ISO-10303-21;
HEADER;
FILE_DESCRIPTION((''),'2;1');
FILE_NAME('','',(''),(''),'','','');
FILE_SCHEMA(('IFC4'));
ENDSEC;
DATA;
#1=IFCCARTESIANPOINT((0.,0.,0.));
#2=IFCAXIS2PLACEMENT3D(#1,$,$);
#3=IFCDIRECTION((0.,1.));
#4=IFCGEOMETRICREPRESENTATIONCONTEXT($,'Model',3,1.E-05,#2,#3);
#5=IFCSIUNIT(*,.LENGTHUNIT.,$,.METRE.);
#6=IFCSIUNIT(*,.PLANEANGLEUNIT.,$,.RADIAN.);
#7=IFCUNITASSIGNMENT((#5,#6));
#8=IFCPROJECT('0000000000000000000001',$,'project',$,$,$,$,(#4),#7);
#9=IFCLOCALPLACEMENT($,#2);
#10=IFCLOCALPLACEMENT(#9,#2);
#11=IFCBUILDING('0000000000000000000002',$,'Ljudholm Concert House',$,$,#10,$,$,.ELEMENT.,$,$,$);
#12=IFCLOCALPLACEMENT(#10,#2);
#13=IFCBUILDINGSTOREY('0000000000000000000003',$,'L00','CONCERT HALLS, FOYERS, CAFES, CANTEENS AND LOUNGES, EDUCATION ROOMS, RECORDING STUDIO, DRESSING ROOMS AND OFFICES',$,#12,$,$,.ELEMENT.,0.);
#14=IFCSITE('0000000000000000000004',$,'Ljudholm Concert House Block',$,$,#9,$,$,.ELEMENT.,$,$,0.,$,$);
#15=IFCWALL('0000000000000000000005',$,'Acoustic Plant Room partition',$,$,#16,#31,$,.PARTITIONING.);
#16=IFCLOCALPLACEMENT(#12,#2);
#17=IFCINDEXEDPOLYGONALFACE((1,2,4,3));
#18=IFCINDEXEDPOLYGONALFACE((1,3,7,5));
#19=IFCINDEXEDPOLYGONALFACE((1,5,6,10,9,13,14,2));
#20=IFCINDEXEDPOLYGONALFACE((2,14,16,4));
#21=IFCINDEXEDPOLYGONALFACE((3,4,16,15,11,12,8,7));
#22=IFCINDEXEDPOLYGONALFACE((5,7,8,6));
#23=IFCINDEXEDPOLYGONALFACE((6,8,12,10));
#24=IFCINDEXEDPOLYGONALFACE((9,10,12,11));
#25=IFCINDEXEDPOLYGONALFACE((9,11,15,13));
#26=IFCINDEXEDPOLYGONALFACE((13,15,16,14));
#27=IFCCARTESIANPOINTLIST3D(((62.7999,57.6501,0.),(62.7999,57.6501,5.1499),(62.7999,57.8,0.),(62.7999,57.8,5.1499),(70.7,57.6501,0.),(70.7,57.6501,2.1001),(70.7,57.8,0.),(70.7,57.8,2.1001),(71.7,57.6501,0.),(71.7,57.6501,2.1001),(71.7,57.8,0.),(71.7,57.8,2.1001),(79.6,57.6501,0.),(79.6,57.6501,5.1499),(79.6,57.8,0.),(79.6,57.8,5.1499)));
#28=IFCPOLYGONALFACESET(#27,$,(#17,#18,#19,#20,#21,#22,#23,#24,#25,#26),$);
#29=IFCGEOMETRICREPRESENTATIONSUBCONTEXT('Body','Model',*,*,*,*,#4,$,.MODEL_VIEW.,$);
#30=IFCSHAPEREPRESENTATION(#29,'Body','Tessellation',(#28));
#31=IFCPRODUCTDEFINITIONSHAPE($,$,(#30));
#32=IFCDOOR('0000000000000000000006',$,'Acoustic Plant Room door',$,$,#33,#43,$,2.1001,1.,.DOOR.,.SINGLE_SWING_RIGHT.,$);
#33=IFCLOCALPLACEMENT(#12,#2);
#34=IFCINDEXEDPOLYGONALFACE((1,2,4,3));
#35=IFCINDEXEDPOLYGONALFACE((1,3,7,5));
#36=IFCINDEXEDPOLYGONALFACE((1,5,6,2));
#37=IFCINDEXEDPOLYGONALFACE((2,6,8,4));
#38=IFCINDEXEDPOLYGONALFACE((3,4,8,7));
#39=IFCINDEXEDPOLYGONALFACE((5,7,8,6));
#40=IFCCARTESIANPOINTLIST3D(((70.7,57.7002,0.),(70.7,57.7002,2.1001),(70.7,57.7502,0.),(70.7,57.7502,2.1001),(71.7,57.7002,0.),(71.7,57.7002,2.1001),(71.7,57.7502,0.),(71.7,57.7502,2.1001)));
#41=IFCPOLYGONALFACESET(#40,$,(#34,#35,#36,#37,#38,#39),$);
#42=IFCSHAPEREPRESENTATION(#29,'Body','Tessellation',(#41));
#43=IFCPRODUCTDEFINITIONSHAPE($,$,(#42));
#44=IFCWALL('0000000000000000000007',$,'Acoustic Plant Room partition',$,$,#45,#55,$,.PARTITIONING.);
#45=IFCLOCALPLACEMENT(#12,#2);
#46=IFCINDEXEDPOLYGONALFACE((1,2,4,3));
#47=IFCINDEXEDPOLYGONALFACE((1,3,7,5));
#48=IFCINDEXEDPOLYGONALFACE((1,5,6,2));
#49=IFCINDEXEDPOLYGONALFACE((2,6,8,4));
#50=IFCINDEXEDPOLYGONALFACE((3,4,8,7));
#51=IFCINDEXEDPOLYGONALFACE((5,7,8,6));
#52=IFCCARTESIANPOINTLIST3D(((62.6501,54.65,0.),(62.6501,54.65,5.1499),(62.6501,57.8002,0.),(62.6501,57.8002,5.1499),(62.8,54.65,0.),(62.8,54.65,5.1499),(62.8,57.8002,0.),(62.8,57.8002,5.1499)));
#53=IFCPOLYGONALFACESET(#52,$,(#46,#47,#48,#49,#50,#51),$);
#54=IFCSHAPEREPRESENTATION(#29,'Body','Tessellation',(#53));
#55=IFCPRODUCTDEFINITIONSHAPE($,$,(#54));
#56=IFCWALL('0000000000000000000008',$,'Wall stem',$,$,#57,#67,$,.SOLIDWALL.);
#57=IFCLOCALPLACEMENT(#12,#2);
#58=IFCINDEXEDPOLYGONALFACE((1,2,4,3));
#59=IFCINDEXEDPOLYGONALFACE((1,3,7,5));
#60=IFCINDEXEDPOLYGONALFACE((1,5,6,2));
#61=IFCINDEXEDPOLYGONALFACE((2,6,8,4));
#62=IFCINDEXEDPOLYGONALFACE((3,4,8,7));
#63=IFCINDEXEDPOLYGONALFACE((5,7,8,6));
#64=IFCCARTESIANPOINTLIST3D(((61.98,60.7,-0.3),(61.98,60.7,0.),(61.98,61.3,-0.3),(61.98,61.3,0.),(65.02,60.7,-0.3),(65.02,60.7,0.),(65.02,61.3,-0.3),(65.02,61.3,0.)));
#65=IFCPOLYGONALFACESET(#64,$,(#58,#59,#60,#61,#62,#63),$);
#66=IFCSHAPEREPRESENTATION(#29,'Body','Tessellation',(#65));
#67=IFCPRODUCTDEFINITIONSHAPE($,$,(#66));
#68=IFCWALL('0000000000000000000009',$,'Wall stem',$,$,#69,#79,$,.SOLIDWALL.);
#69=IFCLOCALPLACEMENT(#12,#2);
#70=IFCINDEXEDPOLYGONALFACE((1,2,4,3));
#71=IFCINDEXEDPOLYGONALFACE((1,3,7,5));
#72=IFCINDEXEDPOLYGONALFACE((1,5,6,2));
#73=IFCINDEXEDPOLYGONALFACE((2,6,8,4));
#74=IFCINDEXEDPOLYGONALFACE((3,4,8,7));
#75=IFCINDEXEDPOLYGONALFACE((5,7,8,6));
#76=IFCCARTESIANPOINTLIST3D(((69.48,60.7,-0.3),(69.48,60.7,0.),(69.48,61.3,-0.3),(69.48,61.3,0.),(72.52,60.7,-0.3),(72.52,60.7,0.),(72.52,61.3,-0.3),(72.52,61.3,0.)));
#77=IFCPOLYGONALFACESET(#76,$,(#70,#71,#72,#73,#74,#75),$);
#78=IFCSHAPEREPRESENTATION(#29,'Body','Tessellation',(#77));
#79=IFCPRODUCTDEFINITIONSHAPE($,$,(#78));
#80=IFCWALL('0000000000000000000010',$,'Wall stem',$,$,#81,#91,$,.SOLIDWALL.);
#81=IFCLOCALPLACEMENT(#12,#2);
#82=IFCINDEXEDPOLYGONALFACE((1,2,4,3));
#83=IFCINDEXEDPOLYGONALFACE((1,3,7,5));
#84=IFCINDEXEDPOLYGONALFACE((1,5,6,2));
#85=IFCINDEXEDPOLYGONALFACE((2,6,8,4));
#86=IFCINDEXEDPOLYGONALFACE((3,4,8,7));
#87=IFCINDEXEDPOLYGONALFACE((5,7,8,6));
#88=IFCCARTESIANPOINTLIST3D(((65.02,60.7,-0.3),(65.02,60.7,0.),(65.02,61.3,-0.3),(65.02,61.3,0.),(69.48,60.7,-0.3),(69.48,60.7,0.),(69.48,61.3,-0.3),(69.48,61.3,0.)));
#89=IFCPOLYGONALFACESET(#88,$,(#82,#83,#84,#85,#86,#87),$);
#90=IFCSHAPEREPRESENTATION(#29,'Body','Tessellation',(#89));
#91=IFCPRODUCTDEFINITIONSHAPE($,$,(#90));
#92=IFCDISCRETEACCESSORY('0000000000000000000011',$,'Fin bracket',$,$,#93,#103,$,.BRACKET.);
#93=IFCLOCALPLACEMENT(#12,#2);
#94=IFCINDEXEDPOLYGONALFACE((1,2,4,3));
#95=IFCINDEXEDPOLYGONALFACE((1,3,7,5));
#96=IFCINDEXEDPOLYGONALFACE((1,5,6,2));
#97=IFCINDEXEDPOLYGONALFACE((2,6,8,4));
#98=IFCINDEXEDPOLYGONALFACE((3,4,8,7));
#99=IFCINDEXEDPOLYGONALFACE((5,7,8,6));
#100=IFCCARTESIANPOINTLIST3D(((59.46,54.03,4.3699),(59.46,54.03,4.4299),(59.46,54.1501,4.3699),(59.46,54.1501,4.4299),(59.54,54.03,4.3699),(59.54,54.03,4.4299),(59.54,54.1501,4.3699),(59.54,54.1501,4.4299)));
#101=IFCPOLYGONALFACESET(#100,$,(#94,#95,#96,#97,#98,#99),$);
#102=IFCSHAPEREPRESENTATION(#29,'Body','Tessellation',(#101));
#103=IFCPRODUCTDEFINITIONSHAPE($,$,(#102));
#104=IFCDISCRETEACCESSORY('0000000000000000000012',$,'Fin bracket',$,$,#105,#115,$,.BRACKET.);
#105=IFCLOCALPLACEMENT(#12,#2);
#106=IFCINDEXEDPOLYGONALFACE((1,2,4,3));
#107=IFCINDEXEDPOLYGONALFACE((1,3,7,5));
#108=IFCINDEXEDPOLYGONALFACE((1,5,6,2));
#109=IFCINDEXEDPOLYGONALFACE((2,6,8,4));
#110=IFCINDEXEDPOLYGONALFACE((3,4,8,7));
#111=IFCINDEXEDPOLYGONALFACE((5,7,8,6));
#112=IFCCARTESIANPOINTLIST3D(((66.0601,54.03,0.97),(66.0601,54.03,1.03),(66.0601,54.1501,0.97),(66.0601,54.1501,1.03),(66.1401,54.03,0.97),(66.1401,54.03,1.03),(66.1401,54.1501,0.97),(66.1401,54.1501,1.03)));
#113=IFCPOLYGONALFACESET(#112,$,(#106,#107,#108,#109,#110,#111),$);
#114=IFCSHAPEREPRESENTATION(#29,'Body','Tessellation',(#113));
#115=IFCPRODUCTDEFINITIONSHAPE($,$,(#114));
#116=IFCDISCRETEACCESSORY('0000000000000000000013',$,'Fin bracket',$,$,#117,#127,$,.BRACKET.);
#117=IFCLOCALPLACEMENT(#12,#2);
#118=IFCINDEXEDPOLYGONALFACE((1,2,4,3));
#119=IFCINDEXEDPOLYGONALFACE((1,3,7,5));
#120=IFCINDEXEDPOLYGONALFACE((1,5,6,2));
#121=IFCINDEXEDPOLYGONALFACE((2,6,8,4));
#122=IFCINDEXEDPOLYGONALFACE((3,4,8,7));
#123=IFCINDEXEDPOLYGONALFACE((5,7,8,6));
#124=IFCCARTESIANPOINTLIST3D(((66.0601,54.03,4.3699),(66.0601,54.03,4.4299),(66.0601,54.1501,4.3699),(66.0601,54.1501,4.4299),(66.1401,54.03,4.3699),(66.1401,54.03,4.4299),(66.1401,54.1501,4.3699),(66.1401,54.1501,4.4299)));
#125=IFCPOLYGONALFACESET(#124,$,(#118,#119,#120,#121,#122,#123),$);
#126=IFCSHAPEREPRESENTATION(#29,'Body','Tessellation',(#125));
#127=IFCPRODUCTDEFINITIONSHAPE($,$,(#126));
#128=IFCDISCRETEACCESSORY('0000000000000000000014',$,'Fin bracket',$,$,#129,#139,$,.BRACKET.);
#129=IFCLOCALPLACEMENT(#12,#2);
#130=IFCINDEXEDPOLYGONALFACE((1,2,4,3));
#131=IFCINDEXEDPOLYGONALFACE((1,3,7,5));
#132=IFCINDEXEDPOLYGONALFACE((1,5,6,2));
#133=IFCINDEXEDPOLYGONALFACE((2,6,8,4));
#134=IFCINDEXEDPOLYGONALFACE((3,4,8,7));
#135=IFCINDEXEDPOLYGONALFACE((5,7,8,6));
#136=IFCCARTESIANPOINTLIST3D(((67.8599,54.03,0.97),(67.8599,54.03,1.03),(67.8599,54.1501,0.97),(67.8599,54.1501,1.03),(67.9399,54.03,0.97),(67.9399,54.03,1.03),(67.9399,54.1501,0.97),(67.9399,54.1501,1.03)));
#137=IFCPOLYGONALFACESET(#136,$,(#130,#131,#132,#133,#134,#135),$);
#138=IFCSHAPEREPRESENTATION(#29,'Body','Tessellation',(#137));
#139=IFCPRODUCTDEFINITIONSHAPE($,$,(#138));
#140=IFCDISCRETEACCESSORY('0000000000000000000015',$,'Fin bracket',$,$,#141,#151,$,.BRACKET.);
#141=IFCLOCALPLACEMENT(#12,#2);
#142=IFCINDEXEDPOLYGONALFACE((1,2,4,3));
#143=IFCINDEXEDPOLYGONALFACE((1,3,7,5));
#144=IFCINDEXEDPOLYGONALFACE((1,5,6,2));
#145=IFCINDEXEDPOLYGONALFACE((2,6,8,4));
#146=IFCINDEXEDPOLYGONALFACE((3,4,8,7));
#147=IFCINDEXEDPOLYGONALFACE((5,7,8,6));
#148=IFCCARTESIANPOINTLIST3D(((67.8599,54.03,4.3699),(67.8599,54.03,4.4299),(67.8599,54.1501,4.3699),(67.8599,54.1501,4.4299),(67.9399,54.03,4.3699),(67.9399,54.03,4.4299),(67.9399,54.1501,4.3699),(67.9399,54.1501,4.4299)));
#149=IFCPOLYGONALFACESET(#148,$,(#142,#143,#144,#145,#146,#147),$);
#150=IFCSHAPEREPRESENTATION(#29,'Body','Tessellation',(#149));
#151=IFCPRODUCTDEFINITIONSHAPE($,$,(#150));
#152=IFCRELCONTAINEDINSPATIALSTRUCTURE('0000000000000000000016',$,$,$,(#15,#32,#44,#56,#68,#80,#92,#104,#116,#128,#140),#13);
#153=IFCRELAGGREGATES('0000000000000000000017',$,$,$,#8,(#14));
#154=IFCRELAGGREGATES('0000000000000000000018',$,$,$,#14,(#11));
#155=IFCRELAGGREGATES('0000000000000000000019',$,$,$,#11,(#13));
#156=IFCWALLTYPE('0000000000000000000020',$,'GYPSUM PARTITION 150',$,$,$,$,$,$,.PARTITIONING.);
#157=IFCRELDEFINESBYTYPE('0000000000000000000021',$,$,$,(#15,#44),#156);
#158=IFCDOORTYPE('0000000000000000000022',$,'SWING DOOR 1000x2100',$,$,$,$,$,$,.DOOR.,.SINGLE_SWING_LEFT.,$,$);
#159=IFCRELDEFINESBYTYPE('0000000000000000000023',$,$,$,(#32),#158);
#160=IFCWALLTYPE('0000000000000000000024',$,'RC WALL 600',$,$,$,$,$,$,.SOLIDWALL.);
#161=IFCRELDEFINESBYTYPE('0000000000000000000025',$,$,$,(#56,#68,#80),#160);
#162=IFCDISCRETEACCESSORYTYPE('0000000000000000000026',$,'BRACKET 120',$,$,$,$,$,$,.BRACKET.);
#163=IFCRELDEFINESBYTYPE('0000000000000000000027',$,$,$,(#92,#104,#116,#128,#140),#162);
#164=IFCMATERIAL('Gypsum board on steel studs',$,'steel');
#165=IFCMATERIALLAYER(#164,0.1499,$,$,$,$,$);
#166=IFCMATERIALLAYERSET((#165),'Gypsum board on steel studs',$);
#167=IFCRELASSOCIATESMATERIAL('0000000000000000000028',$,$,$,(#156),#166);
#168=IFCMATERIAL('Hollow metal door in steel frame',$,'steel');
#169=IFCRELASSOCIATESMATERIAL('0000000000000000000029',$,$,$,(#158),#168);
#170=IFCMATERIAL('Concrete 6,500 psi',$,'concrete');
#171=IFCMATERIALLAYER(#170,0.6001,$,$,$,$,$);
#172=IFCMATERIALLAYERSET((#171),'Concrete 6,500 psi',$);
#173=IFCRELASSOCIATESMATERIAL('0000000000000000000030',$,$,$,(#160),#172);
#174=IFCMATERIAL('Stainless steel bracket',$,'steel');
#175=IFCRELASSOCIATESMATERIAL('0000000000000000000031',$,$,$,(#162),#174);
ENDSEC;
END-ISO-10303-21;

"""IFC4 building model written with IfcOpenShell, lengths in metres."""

from ifc_helpers import new_model, si_unit, direction, frame, frame_2d, origin, origin_2d, place, context, subcontext, project, spatial, rectangle, extrude, material, layer, layer_set, type_object, element, fill, save


model = new_model("IFC4")

# Units and contexts
model_context = context("Model", 3, precision=1e-05, world=origin(), true_north=direction((0.0, 1.0)))
body_context = subcontext(model_context, "Body", "Model", "MODEL_VIEW")
ifc_project = project(units=[si_unit("LENGTHUNIT", "METRE"), si_unit("PLANEANGLEUNIT", "RADIAN")], contexts=[model_context])

# Site, building, storey
site_placement = place(None, origin())
site = spatial("IfcSite", under=ifc_project, at=site_placement, Name="Ljudholm Concert House Block", CompositionType="ELEMENT", RefElevation=0.0)
building_placement = place(site_placement, origin())
building = spatial("IfcBuilding", under=site, at=building_placement, Name="Ljudholm Concert House", CompositionType="ELEMENT")
storey_placement = place(building_placement, origin())
storey = spatial("IfcBuildingStorey", under=building, at=storey_placement, Name="L00", Description="CONCERT HALLS, FOYERS, CAFES, CANTEENS AND LOUNGES, EDUCATION ROOMS, RECORDING STUDIO, DRESSING ROOMS AND OFFICES", CompositionType="ELEMENT", Elevation=0.0)

# Wall, opening, door
ifc_material_1 = material(Name="Gypsum board on steel studs", Category="steel")
ifc_layer_1 = layer(ifc_material_1, 0.1499)
ifc_layer_set_1 = layer_set([ifc_layer_1], Name="Gypsum board on steel studs")
wall_type_1 = type_object("IfcWallType", Name="GYPSUM PARTITION 150", PredefinedType="PARTITIONING", material=ifc_layer_set_1)
wall_1_placement = place(storey_placement, frame((62.8, 57.7251, 0.0), z_axis=(0.0, 0.0, 1.0), x_axis=(1.0, 0.0, 0.0)))
wall_1 = element("IfcWall", 1, at=wall_1_placement, inside=storey, type_object=wall_type_1, Name="Acoustic Plant Room partition", PredefinedType="PARTITIONING", context=body_context, shape_type="SweptSolid", body=[
    extrude(rectangle(XDim=16.8, YDim=0.1499, at=frame_2d((8.3999, 0.0))), origin(), (0.0, 0.0, 1.0), 5.1499),
])
opening_placement = place(wall_1_placement, frame((7.8999, 0.0, 0.0)))
opening = element("IfcOpeningElement", 2, at=opening_placement, cuts=wall_1, PredefinedType="OPENING", context=body_context, shape_type="SweptSolid", body=[
    extrude(rectangle(XDim=1.0, YDim=2.1001, at=frame_2d((0.5, 1.05))), frame((0.0, 0.085, 0.0), z_axis=(0.0, -1.0, 0.0), x_axis=(1.0, 0.0, 0.0)), (0.0, 0.0, 1.0), 0.1699),
])
ifc_material_2 = material(Name="Hollow metal door in steel frame", Category="steel")
door_type = type_object("IfcDoorType", Name="SWING DOOR 1000x2100", OperationType="SINGLE_SWING_LEFT", PredefinedType="DOOR", material=ifc_material_2)
door_placement = place(opening_placement, frame((1.0, 0.0, 0.0), z_axis=(0.0, 0.0, 1.0), x_axis=(-1.0, 0.0, 0.0)))
door = element("IfcDoor", 3, at=door_placement, inside=storey, type_object=door_type, Name="Acoustic Plant Room door", OperationType="SINGLE_SWING_RIGHT", OverallHeight=2.1001, OverallWidth=1.0, PredefinedType="DOOR", context=body_context, shape_type="SweptSolid", body=[
    extrude(rectangle(XDim=1.0, YDim=2.1001, at=frame_2d((0.5, 1.05))), frame((0.0, 0.0249, 0.0), z_axis=(0.0, -1.0, 0.0), x_axis=(1.0, 0.0, 0.0)), (0.0, 0.0, 1.0), 0.05),
])
fill(opening, door)

# Walls
wall_2_placement = place(storey_placement, frame((62.7251, 54.6499, 0.0), z_axis=(0.0, 0.0, 1.0), x_axis=(0.0, 1.0, 0.0)))
element("IfcWall", 4, at=wall_2_placement, inside=storey, type_object=wall_type_1, Name="Acoustic Plant Room partition", PredefinedType="PARTITIONING", context=body_context, shape_type="SweptSolid", body=[
    extrude(rectangle(XDim=3.1501, YDim=0.1499, at=frame_2d((1.5752, 0.0))), origin(), (0.0, 0.0, 1.0), 5.1499),
])
ifc_material_3 = material(Name="Concrete 6,500 psi", Category="concrete")
ifc_layer_2 = layer(ifc_material_3, 0.6001)
ifc_layer_set_2 = layer_set([ifc_layer_2], Name="Concrete 6,500 psi")
wall_type_2 = type_object("IfcWallType", Name="RC WALL 600", PredefinedType="SOLIDWALL", material=ifc_layer_set_2)
for number, where, z_axis, x_axis, name in (
    (5, (61.98, 61.0, -0.3), (0.0, 0.0, 1.0), (1.0, 0.0, 0.0), "Wall stem"),
    (6, (69.48, 61.0, -0.3), (0.0, 0.0, 1.0), (1.0, 0.0, 0.0), "Wall stem"),
):
    element("IfcWall", number, at=place(storey_placement, frame(where, z_axis=z_axis, x_axis=x_axis)), inside=storey, type_object=wall_type_2, Name=name, PredefinedType="SOLIDWALL", context=body_context, shape_type="SweptSolid", body=[
        extrude(rectangle(XDim=3.04, YDim=0.6001, at=frame_2d((1.52, 0.0))), origin(), (0.0, 0.0, 1.0), 0.3),
    ])
wall_3_placement = place(storey_placement, frame((65.02, 61.0, -0.3), z_axis=(0.0, 0.0, 1.0), x_axis=(1.0, 0.0, 0.0)))
element("IfcWall", 7, at=wall_3_placement, inside=storey, type_object=wall_type_2, Name="Wall stem", PredefinedType="SOLIDWALL", context=body_context, shape_type="SweptSolid", body=[
    extrude(rectangle(XDim=4.46, YDim=0.6001, at=frame_2d((2.23, 0.0))), origin(), (0.0, 0.0, 1.0), 0.3),
])

# Discrete accessories
ifc_material_4 = material(Name="Stainless steel bracket", Category="steel")
discrete_accessory_type = type_object("IfcDiscreteAccessoryType", Name="BRACKET 120", PredefinedType="BRACKET", material=ifc_material_4)
for number, where, z_axis, x_axis, name in (
    (8, (59.5, 54.0901, 4.3699), (0.0, 0.0, 1.0), (0.0, -1.0, 0.0), "Fin bracket"),
    (9, (66.1001, 54.0901, 0.97), (0.0, 0.0, 1.0), (0.0, -1.0, 0.0), "Fin bracket"),
    (10, (66.1001, 54.0901, 4.3699), (0.0, 0.0, 1.0), (0.0, -1.0, 0.0), "Fin bracket"),
    (11, (67.8999, 54.0901, 0.97), (0.0, 0.0, 1.0), (0.0, -1.0, 0.0), "Fin bracket"),
    (12, (67.8999, 54.0901, 4.3699), (0.0, 0.0, 1.0), (0.0, -1.0, 0.0), "Fin bracket"),
):
    element("IfcDiscreteAccessory", number, at=place(storey_placement, frame(where, z_axis=z_axis, x_axis=x_axis)), inside=storey, type_object=discrete_accessory_type, Name=name, PredefinedType="BRACKET", context=body_context, shape_type="SweptSolid", body=[
        extrude(rectangle(XDim=0.1201, YDim=0.0801, at=origin_2d()), origin(), (0.0, 0.0, 1.0), 0.0601),
    ])

save(model, "model.ifc")
